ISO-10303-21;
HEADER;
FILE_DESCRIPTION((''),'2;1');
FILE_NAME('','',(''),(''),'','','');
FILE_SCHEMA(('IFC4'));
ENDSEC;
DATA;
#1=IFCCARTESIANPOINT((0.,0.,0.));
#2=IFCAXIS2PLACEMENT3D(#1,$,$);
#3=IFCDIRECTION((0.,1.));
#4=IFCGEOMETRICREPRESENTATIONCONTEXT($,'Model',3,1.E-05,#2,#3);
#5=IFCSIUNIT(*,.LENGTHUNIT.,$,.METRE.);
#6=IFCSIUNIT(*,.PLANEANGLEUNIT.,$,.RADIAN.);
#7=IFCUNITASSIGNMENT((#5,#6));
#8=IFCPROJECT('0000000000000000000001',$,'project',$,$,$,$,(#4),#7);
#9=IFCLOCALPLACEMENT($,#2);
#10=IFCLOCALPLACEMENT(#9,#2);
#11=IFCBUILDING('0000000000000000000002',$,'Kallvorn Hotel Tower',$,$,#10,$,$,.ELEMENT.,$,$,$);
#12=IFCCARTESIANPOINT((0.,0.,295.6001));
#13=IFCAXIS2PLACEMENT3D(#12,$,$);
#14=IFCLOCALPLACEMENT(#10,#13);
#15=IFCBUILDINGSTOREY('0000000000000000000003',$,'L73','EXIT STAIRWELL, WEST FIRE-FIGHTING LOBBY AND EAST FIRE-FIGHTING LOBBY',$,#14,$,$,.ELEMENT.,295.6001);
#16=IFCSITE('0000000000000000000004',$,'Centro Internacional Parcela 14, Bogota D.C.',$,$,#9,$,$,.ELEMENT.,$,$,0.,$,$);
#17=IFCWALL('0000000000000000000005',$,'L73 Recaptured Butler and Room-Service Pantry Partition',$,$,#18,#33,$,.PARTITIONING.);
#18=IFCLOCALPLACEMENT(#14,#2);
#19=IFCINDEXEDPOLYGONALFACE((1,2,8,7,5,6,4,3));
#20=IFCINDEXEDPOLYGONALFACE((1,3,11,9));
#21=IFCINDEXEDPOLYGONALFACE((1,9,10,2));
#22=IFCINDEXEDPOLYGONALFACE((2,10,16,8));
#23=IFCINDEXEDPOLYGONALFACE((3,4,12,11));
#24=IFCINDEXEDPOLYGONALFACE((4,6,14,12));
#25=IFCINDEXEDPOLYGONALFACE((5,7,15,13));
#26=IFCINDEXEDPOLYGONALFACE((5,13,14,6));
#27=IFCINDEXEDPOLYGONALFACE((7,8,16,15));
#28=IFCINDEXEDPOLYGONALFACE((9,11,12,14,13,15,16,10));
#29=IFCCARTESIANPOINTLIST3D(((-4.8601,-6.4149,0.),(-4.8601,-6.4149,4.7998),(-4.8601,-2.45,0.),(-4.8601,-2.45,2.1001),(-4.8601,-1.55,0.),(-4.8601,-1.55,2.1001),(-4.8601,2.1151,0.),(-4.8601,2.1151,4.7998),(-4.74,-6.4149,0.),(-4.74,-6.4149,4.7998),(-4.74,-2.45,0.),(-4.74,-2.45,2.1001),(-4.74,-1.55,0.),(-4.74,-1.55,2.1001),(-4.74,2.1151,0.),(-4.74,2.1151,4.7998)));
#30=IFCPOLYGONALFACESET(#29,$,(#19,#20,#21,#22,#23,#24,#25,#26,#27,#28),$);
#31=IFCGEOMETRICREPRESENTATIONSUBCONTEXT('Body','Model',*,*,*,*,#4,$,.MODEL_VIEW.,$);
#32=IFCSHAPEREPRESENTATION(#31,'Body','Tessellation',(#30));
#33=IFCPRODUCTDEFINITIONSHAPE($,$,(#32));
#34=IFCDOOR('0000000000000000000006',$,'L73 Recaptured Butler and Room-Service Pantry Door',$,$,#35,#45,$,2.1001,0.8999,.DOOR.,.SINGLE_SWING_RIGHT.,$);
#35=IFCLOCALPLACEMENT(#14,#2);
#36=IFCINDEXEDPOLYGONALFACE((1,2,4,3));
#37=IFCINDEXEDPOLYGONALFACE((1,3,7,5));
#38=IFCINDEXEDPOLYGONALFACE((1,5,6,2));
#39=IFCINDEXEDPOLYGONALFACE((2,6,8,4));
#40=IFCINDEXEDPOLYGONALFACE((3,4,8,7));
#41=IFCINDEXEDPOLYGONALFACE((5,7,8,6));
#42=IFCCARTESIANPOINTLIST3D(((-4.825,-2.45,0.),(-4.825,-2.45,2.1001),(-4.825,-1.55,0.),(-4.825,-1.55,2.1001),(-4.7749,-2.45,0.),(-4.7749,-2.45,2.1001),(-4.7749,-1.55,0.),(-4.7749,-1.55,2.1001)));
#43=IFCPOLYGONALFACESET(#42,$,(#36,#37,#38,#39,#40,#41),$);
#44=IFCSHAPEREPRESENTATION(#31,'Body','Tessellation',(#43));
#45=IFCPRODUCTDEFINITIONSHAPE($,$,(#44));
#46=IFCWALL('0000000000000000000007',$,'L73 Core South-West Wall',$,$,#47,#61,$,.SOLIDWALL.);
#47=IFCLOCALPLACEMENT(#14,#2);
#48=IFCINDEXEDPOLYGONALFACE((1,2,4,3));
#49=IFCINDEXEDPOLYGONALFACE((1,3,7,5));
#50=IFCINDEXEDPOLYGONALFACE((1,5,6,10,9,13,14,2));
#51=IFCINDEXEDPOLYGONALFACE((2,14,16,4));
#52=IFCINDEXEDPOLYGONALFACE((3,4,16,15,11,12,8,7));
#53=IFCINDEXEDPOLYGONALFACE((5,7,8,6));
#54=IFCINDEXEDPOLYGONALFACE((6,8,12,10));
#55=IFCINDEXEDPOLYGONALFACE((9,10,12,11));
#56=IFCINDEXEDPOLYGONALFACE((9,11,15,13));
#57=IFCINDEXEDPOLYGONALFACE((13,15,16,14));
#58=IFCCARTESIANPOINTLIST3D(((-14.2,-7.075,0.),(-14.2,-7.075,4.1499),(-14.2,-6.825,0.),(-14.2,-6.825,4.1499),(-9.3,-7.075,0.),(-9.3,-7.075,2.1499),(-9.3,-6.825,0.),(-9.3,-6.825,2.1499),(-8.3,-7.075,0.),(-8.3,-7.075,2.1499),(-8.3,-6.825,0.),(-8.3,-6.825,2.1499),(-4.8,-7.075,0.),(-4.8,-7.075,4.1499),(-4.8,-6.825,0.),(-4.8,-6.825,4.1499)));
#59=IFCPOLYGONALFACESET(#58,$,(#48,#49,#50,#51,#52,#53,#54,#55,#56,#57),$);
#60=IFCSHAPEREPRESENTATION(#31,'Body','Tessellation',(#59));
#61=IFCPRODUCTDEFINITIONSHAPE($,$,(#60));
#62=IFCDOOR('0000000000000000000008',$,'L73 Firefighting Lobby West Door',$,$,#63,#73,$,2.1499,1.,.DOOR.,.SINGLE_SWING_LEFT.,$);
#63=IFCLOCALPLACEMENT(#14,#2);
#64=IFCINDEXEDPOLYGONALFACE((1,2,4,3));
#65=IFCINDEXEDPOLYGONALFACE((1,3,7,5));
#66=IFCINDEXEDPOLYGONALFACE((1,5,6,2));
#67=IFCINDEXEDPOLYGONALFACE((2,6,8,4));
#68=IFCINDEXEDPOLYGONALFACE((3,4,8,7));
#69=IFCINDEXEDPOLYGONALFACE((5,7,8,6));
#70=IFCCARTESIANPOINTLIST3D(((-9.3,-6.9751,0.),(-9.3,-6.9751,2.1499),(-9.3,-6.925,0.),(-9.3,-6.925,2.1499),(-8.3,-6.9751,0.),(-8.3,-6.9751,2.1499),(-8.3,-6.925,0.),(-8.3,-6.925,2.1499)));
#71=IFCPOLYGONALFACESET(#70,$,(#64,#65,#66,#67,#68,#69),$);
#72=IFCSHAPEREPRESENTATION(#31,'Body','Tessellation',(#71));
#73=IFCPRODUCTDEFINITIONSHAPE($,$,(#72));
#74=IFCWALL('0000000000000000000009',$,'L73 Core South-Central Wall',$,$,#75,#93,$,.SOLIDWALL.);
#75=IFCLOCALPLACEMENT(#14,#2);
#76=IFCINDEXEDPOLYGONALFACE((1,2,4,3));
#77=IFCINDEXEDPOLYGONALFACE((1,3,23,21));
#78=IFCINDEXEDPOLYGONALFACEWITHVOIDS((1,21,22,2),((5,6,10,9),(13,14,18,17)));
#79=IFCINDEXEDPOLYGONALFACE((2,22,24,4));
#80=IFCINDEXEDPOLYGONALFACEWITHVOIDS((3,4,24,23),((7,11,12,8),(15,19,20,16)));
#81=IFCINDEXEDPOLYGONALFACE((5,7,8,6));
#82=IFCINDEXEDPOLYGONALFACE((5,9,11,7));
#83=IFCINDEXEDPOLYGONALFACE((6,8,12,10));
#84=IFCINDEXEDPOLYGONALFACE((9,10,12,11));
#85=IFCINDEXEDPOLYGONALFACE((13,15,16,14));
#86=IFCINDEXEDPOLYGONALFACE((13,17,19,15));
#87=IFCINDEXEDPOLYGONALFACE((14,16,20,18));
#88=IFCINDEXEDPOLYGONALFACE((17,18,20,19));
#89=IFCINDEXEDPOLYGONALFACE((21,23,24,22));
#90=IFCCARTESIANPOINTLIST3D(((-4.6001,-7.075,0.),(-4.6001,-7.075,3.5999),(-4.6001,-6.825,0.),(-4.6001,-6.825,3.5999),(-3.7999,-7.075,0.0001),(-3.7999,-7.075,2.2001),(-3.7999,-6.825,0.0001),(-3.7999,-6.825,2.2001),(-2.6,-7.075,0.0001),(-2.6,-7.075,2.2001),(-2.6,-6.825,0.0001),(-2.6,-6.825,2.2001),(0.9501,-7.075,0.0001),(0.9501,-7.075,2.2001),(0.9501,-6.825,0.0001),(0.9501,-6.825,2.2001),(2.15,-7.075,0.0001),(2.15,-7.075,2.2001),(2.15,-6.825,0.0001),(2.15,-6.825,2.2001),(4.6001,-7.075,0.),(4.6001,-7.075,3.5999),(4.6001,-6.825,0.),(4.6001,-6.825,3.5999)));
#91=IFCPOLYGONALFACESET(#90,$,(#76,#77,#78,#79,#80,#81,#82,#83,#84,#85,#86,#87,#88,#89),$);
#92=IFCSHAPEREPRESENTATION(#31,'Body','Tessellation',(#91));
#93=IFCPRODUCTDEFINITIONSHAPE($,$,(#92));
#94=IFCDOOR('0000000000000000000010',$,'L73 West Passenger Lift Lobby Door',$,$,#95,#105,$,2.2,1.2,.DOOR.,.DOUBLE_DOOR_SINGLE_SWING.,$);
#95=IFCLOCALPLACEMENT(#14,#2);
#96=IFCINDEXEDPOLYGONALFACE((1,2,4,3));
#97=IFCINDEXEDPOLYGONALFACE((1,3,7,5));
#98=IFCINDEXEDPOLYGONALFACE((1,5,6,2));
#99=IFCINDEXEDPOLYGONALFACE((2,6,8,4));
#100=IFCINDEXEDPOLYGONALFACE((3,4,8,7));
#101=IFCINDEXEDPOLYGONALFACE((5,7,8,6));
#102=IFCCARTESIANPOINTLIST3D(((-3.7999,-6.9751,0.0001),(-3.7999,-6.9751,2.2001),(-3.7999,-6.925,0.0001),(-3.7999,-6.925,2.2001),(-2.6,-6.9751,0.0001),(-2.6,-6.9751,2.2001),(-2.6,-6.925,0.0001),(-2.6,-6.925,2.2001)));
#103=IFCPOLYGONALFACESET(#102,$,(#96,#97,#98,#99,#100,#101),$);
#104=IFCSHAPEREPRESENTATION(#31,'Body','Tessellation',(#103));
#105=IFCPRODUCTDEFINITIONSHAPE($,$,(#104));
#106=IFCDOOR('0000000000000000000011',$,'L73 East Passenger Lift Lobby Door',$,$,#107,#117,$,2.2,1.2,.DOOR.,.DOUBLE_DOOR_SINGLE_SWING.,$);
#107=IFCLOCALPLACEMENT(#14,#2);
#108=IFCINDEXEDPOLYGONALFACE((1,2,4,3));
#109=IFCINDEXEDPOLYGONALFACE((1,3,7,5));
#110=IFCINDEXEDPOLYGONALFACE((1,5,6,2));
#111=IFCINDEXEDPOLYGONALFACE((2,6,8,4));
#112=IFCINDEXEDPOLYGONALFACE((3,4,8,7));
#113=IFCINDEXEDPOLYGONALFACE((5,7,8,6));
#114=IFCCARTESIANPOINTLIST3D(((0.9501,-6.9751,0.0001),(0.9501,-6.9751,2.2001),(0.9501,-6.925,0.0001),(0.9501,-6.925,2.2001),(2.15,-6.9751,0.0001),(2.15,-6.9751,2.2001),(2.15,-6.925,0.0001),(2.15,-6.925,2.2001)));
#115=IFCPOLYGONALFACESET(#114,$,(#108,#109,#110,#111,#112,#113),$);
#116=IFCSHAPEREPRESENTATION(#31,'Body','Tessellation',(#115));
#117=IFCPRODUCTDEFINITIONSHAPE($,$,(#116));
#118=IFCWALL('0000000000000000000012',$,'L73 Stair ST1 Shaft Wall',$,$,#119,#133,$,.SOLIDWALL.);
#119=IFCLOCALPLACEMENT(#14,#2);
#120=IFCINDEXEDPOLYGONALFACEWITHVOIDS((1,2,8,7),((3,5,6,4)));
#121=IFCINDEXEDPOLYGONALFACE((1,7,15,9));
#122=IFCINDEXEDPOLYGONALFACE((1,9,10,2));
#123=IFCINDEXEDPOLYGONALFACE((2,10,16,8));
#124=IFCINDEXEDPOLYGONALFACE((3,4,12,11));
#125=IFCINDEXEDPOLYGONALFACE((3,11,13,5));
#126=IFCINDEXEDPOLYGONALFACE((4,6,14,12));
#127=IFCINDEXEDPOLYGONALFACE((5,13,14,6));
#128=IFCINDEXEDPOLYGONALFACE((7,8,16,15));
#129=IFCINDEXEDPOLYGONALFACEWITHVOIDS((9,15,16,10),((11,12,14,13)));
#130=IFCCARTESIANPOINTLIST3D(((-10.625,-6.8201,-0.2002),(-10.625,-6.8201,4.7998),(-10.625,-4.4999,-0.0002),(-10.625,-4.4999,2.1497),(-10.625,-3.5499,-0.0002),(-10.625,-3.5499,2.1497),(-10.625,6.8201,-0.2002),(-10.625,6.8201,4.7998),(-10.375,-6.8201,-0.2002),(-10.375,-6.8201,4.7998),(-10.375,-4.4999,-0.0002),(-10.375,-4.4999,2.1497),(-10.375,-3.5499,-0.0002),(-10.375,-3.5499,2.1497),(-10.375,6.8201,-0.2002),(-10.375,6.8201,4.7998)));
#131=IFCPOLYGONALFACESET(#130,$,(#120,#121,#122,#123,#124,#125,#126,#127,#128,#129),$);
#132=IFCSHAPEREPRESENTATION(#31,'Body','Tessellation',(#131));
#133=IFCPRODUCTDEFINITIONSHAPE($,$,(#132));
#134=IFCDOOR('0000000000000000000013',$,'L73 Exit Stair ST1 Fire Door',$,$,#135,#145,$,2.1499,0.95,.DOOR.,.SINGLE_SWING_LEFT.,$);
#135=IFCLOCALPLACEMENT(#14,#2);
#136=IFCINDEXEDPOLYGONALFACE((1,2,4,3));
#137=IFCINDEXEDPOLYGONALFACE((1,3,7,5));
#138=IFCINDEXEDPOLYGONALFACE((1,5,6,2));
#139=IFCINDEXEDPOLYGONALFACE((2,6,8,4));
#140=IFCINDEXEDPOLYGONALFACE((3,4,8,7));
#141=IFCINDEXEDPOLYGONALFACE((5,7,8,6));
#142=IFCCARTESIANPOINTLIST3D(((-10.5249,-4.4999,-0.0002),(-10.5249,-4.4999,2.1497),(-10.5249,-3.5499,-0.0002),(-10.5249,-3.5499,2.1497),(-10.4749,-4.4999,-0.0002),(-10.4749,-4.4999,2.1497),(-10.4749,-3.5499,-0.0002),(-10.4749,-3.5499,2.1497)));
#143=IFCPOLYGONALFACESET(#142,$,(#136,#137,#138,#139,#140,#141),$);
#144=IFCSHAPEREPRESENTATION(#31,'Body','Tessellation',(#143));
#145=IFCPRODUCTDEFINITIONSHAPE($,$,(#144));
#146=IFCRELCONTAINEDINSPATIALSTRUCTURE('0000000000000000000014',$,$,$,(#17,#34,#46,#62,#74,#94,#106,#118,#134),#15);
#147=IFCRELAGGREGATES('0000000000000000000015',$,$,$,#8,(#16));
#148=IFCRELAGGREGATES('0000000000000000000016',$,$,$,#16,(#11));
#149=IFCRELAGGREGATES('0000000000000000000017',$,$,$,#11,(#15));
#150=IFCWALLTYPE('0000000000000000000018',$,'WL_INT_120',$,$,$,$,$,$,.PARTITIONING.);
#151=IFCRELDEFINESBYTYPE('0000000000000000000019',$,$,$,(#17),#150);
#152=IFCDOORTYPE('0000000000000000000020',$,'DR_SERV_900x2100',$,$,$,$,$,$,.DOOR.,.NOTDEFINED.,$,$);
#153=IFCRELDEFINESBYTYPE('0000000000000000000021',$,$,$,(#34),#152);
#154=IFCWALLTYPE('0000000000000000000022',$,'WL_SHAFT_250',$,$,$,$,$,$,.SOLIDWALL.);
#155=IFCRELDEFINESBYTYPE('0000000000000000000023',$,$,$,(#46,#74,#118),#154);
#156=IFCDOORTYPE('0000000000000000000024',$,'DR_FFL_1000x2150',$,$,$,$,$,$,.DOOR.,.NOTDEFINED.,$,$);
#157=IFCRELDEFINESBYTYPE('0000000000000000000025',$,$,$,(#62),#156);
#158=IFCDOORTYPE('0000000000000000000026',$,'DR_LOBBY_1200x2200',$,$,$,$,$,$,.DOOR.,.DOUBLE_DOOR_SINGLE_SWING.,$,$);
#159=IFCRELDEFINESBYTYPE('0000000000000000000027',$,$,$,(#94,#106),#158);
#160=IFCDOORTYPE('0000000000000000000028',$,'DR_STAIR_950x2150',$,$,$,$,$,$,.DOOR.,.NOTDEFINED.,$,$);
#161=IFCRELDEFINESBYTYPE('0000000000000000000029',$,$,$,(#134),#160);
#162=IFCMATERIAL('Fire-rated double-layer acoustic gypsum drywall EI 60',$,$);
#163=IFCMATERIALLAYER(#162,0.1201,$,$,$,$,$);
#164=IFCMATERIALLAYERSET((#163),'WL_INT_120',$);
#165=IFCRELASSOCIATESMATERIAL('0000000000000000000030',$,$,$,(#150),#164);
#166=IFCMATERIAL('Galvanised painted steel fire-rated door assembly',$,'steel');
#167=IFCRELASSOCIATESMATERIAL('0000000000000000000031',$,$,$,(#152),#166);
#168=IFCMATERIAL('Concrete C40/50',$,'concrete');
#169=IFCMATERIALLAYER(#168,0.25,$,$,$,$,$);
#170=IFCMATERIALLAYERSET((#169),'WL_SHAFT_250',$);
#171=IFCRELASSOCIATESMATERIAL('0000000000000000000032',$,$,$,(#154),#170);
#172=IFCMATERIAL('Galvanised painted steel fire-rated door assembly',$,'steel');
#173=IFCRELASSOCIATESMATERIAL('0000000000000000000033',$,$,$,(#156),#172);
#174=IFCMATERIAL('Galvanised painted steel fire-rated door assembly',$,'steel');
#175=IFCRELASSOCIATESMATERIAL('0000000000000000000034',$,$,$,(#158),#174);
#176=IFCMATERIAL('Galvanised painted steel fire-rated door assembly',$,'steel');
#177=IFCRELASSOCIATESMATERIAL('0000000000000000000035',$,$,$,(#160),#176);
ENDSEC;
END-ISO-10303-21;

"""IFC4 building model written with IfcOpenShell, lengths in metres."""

from ifc_helpers import new_model, si_unit, direction, frame, frame_2d, origin, place, context, subcontext, project, spatial, rectangle, extrude, material, layer, layer_set, type_object, element, fill, save


model = new_model("IFC4")

# Units and contexts
model_context = context("Model", 3, precision=1e-05, world=origin(), true_north=direction((0.0, 1.0)))
body_context = subcontext(model_context, "Body", "Model", "MODEL_VIEW")
ifc_project = project(units=[si_unit("LENGTHUNIT", "METRE"), si_unit("PLANEANGLEUNIT", "RADIAN")], contexts=[model_context])

# Site, building, storey
site_placement = place(None, origin())
site = spatial("IfcSite", under=ifc_project, at=site_placement, Name="Centro Internacional Parcela 14, Bogota D.C.", CompositionType="ELEMENT", RefElevation=0.0)
building_placement = place(site_placement, origin())
building = spatial("IfcBuilding", under=site, at=building_placement, Name="Kallvorn Hotel Tower", CompositionType="ELEMENT")
storey_placement = place(building_placement, frame((0.0, 0.0, 295.6001)))
storey = spatial("IfcBuildingStorey", under=building, at=storey_placement, Name="L73", Description="EXIT STAIRWELL, WEST FIRE-FIGHTING LOBBY AND EAST FIRE-FIGHTING LOBBY", CompositionType="ELEMENT", Elevation=295.6001)

# Shared definitions
ifc_material_1 = material(Name="Fire-rated double-layer acoustic gypsum drywall EI 60")
ifc_layer_1 = layer(ifc_material_1, 0.1201)
ifc_layer_set_1 = layer_set([ifc_layer_1], Name="WL_INT_120")
wall_type_1 = type_object("IfcWallType", Name="WL_INT_120", PredefinedType="PARTITIONING", material=ifc_layer_set_1)

# Walls, openings, doors
wall_1_placement = place(storey_placement, frame((-4.8, -6.415, 0.0), z_axis=(0.0, 0.0, 1.0), x_axis=(0.0, 1.0, 0.0)))
wall_1 = element("IfcWall", 1, at=wall_1_placement, inside=storey, type_object=wall_type_1, Name="L73 Recaptured Butler and Room-Service Pantry Partition", PredefinedType="PARTITIONING", context=body_context, shape_type="SweptSolid", body=[
    extrude(rectangle(XDim=8.53, YDim=0.1201, at=frame_2d((4.2651, 0.0))), origin(), (0.0, 0.0, 1.0), 4.7998),
])
opening_1_placement = place(wall_1_placement, frame((3.9651, 0.0, 0.0)))
opening_1 = element("IfcOpeningElement", 2, at=opening_1_placement, cuts=wall_1, PredefinedType="OPENING", context=body_context, shape_type="SweptSolid", body=[
    extrude(rectangle(XDim=0.8999, YDim=2.1001, at=frame_2d((0.45, 1.05))), frame((0.0, 0.075, 0.0), z_axis=(0.0, -1.0, 0.0), x_axis=(1.0, 0.0, 0.0)), (0.0, 0.0, 1.0), 0.1501),
])
ifc_material_2 = material(Name="Galvanised painted steel fire-rated door assembly", Category="steel")
door_type_1 = type_object("IfcDoorType", Name="DR_SERV_900x2100", OperationType="NOTDEFINED", PredefinedType="DOOR", material=ifc_material_2)
door_1_placement = place(opening_1_placement, origin())
door_1 = element("IfcDoor", 3, at=door_1_placement, inside=storey, type_object=door_type_1, Name="L73 Recaptured Butler and Room-Service Pantry Door", OperationType="SINGLE_SWING_RIGHT", OverallHeight=2.1001, OverallWidth=0.8999, PredefinedType="DOOR", context=body_context, shape_type="SweptSolid", body=[
    extrude(rectangle(XDim=0.8999, YDim=2.1001, at=frame_2d((0.45, 1.05))), frame((0.0, 0.0249, 0.0), z_axis=(0.0, -1.0, 0.0), x_axis=(1.0, 0.0, 0.0)), (0.0, 0.0, 1.0), 0.05),
])
fill(opening_1, door_1)
ifc_material_3 = material(Name="Concrete C40/50", Category="concrete")
ifc_layer_2 = layer(ifc_material_3, 0.25)
ifc_layer_set_2 = layer_set([ifc_layer_2], Name="WL_SHAFT_250")
wall_type_2 = type_object("IfcWallType", Name="WL_SHAFT_250", PredefinedType="SOLIDWALL", material=ifc_layer_set_2)
wall_2_placement = place(storey_placement, frame((-14.2, -6.95, 0.0), z_axis=(0.0, 0.0, 1.0), x_axis=(1.0, 0.0, 0.0)))
wall_2 = element("IfcWall", 4, at=wall_2_placement, inside=storey, type_object=wall_type_2, Name="L73 Core South-West Wall", PredefinedType="SOLIDWALL", context=body_context, shape_type="SweptSolid", body=[
    extrude(rectangle(XDim=9.3999, YDim=0.25, at=frame_2d((4.7, 0.0))), origin(), (0.0, 0.0, 1.0), 4.1499),
])
opening_2_placement = place(wall_2_placement, frame((4.8999, 0.0, 0.0)))
opening_2 = element("IfcOpeningElement", 5, at=opening_2_placement, cuts=wall_2, PredefinedType="OPENING", context=body_context, shape_type="SweptSolid", body=[
    extrude(rectangle(XDim=1.0, YDim=2.1499, at=frame_2d((0.5, 1.075))), frame((0.0, 0.1399, 0.0), z_axis=(0.0, -1.0, 0.0), x_axis=(1.0, 0.0, 0.0)), (0.0, 0.0, 1.0), 0.28),
])
ifc_material_4 = material(Name="Galvanised painted steel fire-rated door assembly", Category="steel")
door_type_2 = type_object("IfcDoorType", Name="DR_FFL_1000x2150", OperationType="NOTDEFINED", PredefinedType="DOOR", material=ifc_material_4)
door_2_placement = place(opening_2_placement, origin())
door_2 = element("IfcDoor", 6, at=door_2_placement, inside=storey, type_object=door_type_2, Name="L73 Firefighting Lobby West Door", OperationType="SINGLE_SWING_LEFT", OverallHeight=2.1499, OverallWidth=1.0, PredefinedType="DOOR", context=body_context, shape_type="SweptSolid", body=[
    extrude(rectangle(XDim=1.0, YDim=2.1499, at=frame_2d((0.5, 1.075))), frame((0.0, 0.0249, 0.0), z_axis=(0.0, -1.0, 0.0), x_axis=(1.0, 0.0, 0.0)), (0.0, 0.0, 1.0), 0.05),
])
fill(opening_2, door_2)

# Wall, openings, doors
wall_3_placement = place(storey_placement, frame((-4.6001, -6.95, 0.0), z_axis=(0.0, 0.0, 1.0), x_axis=(1.0, 0.0, 0.0)))
wall_3 = element("IfcWall", 7, at=wall_3_placement, inside=storey, type_object=wall_type_2, Name="L73 Core South-Central Wall", PredefinedType="SOLIDWALL", context=body_context, shape_type="SweptSolid", body=[
    extrude(rectangle(XDim=9.2002, YDim=0.25, at=frame_2d((4.6001, 0.0))), origin(), (0.0, 0.0, 1.0), 3.5999),
])
opening_3_placement = place(wall_3_placement, frame((0.8, 0.0, 0.0)))
opening_3 = element("IfcOpeningElement", 8, at=opening_3_placement, cuts=wall_3, PredefinedType="OPENING", context=body_context, shape_type="SweptSolid", body=[
    extrude(rectangle(XDim=1.2, YDim=2.2, at=frame_2d((0.6001, 1.1001))), frame((0.0, 0.1399, 0.0), z_axis=(0.0, -1.0, 0.0), x_axis=(1.0, 0.0, 0.0)), (0.0, 0.0, 1.0), 0.28),
])
opening_4_placement = place(wall_3_placement, frame((5.55, 0.0, 0.0)))
opening_4 = element("IfcOpeningElement", 9, at=opening_4_placement, cuts=wall_3, PredefinedType="OPENING", context=body_context, shape_type="SweptSolid", body=[
    extrude(rectangle(XDim=1.2, YDim=2.2, at=frame_2d((0.6001, 1.1001))), frame((0.0, 0.1399, 0.0), z_axis=(0.0, -1.0, 0.0), x_axis=(1.0, 0.0, 0.0)), (0.0, 0.0, 1.0), 0.28),
])
ifc_material_5 = material(Name="Galvanised painted steel fire-rated door assembly", Category="steel")
door_type_3 = type_object("IfcDoorType", Name="DR_LOBBY_1200x2200", OperationType="DOUBLE_DOOR_SINGLE_SWING", PredefinedType="DOOR", material=ifc_material_5)
door_3_placement = place(opening_3_placement, origin())
door_3 = element("IfcDoor", 10, at=door_3_placement, inside=storey, type_object=door_type_3, Name="L73 West Passenger Lift Lobby Door", OperationType="DOUBLE_DOOR_SINGLE_SWING", OverallHeight=2.2, OverallWidth=1.2, PredefinedType="DOOR", context=body_context, shape_type="SweptSolid", body=[
    extrude(rectangle(XDim=1.2, YDim=2.2, at=frame_2d((0.6001, 1.1001))), frame((0.0, 0.0249, 0.0), z_axis=(0.0, -1.0, 0.0), x_axis=(1.0, 0.0, 0.0)), (0.0, 0.0, 1.0), 0.05),
])
fill(opening_3, door_3)
door_4_placement = place(opening_4_placement, origin())
door_4 = element("IfcDoor", 11, at=door_4_placement, inside=storey, type_object=door_type_3, Name="L73 East Passenger Lift Lobby Door", OperationType="DOUBLE_DOOR_SINGLE_SWING", OverallHeight=2.2, OverallWidth=1.2, PredefinedType="DOOR", context=body_context, shape_type="SweptSolid", body=[
    extrude(rectangle(XDim=1.2, YDim=2.2, at=frame_2d((0.6001, 1.1001))), frame((0.0, 0.0249, 0.0), z_axis=(0.0, -1.0, 0.0), x_axis=(1.0, 0.0, 0.0)), (0.0, 0.0, 1.0), 0.05),
])
fill(opening_4, door_4)

# Wall, opening, door
wall_4_placement = place(storey_placement, frame((-10.5, -6.8201, -0.2002), z_axis=(0.0, 0.0, 1.0), x_axis=(0.0, 1.0, 0.0)))
wall_4 = element("IfcWall", 12, at=wall_4_placement, inside=storey, type_object=wall_type_2, Name="L73 Stair ST1 Shaft Wall", PredefinedType="SOLIDWALL", context=body_context, shape_type="SweptSolid", body=[
    extrude(rectangle(XDim=13.6401, YDim=0.25, at=frame_2d((6.8201, 0.0))), origin(), (0.0, 0.0, 1.0), 5.0),
])
opening_5_placement = place(wall_4_placement, frame((2.3201, 0.0, 0.2)))
opening_5 = element("IfcOpeningElement", 13, at=opening_5_placement, cuts=wall_4, PredefinedType="OPENING", context=body_context, shape_type="SweptSolid", body=[
    extrude(rectangle(XDim=0.95, YDim=2.1499, at=frame_2d((0.4751, 1.075))), frame((0.0, 0.1399, 0.0), z_axis=(0.0, -1.0, 0.0), x_axis=(1.0, 0.0, 0.0)), (0.0, 0.0, 1.0), 0.28),
])
ifc_material_6 = material(Name="Galvanised painted steel fire-rated door assembly", Category="steel")
door_type_4 = type_object("IfcDoorType", Name="DR_STAIR_950x2150", OperationType="NOTDEFINED", PredefinedType="DOOR", material=ifc_material_6)
door_5_placement = place(opening_5_placement, origin())
door_5 = element("IfcDoor", 14, at=door_5_placement, inside=storey, type_object=door_type_4, Name="L73 Exit Stair ST1 Fire Door", OperationType="SINGLE_SWING_LEFT", OverallHeight=2.1499, OverallWidth=0.95, PredefinedType="DOOR", context=body_context, shape_type="SweptSolid", body=[
    extrude(rectangle(XDim=0.95, YDim=2.1499, at=frame_2d((0.4751, 1.075))), frame((0.0, 0.0249, 0.0), z_axis=(0.0, -1.0, 0.0), x_axis=(1.0, 0.0, 0.0)), (0.0, 0.0, 1.0), 0.05),
])
fill(opening_5, door_5)

save(model, "model.ifc")
